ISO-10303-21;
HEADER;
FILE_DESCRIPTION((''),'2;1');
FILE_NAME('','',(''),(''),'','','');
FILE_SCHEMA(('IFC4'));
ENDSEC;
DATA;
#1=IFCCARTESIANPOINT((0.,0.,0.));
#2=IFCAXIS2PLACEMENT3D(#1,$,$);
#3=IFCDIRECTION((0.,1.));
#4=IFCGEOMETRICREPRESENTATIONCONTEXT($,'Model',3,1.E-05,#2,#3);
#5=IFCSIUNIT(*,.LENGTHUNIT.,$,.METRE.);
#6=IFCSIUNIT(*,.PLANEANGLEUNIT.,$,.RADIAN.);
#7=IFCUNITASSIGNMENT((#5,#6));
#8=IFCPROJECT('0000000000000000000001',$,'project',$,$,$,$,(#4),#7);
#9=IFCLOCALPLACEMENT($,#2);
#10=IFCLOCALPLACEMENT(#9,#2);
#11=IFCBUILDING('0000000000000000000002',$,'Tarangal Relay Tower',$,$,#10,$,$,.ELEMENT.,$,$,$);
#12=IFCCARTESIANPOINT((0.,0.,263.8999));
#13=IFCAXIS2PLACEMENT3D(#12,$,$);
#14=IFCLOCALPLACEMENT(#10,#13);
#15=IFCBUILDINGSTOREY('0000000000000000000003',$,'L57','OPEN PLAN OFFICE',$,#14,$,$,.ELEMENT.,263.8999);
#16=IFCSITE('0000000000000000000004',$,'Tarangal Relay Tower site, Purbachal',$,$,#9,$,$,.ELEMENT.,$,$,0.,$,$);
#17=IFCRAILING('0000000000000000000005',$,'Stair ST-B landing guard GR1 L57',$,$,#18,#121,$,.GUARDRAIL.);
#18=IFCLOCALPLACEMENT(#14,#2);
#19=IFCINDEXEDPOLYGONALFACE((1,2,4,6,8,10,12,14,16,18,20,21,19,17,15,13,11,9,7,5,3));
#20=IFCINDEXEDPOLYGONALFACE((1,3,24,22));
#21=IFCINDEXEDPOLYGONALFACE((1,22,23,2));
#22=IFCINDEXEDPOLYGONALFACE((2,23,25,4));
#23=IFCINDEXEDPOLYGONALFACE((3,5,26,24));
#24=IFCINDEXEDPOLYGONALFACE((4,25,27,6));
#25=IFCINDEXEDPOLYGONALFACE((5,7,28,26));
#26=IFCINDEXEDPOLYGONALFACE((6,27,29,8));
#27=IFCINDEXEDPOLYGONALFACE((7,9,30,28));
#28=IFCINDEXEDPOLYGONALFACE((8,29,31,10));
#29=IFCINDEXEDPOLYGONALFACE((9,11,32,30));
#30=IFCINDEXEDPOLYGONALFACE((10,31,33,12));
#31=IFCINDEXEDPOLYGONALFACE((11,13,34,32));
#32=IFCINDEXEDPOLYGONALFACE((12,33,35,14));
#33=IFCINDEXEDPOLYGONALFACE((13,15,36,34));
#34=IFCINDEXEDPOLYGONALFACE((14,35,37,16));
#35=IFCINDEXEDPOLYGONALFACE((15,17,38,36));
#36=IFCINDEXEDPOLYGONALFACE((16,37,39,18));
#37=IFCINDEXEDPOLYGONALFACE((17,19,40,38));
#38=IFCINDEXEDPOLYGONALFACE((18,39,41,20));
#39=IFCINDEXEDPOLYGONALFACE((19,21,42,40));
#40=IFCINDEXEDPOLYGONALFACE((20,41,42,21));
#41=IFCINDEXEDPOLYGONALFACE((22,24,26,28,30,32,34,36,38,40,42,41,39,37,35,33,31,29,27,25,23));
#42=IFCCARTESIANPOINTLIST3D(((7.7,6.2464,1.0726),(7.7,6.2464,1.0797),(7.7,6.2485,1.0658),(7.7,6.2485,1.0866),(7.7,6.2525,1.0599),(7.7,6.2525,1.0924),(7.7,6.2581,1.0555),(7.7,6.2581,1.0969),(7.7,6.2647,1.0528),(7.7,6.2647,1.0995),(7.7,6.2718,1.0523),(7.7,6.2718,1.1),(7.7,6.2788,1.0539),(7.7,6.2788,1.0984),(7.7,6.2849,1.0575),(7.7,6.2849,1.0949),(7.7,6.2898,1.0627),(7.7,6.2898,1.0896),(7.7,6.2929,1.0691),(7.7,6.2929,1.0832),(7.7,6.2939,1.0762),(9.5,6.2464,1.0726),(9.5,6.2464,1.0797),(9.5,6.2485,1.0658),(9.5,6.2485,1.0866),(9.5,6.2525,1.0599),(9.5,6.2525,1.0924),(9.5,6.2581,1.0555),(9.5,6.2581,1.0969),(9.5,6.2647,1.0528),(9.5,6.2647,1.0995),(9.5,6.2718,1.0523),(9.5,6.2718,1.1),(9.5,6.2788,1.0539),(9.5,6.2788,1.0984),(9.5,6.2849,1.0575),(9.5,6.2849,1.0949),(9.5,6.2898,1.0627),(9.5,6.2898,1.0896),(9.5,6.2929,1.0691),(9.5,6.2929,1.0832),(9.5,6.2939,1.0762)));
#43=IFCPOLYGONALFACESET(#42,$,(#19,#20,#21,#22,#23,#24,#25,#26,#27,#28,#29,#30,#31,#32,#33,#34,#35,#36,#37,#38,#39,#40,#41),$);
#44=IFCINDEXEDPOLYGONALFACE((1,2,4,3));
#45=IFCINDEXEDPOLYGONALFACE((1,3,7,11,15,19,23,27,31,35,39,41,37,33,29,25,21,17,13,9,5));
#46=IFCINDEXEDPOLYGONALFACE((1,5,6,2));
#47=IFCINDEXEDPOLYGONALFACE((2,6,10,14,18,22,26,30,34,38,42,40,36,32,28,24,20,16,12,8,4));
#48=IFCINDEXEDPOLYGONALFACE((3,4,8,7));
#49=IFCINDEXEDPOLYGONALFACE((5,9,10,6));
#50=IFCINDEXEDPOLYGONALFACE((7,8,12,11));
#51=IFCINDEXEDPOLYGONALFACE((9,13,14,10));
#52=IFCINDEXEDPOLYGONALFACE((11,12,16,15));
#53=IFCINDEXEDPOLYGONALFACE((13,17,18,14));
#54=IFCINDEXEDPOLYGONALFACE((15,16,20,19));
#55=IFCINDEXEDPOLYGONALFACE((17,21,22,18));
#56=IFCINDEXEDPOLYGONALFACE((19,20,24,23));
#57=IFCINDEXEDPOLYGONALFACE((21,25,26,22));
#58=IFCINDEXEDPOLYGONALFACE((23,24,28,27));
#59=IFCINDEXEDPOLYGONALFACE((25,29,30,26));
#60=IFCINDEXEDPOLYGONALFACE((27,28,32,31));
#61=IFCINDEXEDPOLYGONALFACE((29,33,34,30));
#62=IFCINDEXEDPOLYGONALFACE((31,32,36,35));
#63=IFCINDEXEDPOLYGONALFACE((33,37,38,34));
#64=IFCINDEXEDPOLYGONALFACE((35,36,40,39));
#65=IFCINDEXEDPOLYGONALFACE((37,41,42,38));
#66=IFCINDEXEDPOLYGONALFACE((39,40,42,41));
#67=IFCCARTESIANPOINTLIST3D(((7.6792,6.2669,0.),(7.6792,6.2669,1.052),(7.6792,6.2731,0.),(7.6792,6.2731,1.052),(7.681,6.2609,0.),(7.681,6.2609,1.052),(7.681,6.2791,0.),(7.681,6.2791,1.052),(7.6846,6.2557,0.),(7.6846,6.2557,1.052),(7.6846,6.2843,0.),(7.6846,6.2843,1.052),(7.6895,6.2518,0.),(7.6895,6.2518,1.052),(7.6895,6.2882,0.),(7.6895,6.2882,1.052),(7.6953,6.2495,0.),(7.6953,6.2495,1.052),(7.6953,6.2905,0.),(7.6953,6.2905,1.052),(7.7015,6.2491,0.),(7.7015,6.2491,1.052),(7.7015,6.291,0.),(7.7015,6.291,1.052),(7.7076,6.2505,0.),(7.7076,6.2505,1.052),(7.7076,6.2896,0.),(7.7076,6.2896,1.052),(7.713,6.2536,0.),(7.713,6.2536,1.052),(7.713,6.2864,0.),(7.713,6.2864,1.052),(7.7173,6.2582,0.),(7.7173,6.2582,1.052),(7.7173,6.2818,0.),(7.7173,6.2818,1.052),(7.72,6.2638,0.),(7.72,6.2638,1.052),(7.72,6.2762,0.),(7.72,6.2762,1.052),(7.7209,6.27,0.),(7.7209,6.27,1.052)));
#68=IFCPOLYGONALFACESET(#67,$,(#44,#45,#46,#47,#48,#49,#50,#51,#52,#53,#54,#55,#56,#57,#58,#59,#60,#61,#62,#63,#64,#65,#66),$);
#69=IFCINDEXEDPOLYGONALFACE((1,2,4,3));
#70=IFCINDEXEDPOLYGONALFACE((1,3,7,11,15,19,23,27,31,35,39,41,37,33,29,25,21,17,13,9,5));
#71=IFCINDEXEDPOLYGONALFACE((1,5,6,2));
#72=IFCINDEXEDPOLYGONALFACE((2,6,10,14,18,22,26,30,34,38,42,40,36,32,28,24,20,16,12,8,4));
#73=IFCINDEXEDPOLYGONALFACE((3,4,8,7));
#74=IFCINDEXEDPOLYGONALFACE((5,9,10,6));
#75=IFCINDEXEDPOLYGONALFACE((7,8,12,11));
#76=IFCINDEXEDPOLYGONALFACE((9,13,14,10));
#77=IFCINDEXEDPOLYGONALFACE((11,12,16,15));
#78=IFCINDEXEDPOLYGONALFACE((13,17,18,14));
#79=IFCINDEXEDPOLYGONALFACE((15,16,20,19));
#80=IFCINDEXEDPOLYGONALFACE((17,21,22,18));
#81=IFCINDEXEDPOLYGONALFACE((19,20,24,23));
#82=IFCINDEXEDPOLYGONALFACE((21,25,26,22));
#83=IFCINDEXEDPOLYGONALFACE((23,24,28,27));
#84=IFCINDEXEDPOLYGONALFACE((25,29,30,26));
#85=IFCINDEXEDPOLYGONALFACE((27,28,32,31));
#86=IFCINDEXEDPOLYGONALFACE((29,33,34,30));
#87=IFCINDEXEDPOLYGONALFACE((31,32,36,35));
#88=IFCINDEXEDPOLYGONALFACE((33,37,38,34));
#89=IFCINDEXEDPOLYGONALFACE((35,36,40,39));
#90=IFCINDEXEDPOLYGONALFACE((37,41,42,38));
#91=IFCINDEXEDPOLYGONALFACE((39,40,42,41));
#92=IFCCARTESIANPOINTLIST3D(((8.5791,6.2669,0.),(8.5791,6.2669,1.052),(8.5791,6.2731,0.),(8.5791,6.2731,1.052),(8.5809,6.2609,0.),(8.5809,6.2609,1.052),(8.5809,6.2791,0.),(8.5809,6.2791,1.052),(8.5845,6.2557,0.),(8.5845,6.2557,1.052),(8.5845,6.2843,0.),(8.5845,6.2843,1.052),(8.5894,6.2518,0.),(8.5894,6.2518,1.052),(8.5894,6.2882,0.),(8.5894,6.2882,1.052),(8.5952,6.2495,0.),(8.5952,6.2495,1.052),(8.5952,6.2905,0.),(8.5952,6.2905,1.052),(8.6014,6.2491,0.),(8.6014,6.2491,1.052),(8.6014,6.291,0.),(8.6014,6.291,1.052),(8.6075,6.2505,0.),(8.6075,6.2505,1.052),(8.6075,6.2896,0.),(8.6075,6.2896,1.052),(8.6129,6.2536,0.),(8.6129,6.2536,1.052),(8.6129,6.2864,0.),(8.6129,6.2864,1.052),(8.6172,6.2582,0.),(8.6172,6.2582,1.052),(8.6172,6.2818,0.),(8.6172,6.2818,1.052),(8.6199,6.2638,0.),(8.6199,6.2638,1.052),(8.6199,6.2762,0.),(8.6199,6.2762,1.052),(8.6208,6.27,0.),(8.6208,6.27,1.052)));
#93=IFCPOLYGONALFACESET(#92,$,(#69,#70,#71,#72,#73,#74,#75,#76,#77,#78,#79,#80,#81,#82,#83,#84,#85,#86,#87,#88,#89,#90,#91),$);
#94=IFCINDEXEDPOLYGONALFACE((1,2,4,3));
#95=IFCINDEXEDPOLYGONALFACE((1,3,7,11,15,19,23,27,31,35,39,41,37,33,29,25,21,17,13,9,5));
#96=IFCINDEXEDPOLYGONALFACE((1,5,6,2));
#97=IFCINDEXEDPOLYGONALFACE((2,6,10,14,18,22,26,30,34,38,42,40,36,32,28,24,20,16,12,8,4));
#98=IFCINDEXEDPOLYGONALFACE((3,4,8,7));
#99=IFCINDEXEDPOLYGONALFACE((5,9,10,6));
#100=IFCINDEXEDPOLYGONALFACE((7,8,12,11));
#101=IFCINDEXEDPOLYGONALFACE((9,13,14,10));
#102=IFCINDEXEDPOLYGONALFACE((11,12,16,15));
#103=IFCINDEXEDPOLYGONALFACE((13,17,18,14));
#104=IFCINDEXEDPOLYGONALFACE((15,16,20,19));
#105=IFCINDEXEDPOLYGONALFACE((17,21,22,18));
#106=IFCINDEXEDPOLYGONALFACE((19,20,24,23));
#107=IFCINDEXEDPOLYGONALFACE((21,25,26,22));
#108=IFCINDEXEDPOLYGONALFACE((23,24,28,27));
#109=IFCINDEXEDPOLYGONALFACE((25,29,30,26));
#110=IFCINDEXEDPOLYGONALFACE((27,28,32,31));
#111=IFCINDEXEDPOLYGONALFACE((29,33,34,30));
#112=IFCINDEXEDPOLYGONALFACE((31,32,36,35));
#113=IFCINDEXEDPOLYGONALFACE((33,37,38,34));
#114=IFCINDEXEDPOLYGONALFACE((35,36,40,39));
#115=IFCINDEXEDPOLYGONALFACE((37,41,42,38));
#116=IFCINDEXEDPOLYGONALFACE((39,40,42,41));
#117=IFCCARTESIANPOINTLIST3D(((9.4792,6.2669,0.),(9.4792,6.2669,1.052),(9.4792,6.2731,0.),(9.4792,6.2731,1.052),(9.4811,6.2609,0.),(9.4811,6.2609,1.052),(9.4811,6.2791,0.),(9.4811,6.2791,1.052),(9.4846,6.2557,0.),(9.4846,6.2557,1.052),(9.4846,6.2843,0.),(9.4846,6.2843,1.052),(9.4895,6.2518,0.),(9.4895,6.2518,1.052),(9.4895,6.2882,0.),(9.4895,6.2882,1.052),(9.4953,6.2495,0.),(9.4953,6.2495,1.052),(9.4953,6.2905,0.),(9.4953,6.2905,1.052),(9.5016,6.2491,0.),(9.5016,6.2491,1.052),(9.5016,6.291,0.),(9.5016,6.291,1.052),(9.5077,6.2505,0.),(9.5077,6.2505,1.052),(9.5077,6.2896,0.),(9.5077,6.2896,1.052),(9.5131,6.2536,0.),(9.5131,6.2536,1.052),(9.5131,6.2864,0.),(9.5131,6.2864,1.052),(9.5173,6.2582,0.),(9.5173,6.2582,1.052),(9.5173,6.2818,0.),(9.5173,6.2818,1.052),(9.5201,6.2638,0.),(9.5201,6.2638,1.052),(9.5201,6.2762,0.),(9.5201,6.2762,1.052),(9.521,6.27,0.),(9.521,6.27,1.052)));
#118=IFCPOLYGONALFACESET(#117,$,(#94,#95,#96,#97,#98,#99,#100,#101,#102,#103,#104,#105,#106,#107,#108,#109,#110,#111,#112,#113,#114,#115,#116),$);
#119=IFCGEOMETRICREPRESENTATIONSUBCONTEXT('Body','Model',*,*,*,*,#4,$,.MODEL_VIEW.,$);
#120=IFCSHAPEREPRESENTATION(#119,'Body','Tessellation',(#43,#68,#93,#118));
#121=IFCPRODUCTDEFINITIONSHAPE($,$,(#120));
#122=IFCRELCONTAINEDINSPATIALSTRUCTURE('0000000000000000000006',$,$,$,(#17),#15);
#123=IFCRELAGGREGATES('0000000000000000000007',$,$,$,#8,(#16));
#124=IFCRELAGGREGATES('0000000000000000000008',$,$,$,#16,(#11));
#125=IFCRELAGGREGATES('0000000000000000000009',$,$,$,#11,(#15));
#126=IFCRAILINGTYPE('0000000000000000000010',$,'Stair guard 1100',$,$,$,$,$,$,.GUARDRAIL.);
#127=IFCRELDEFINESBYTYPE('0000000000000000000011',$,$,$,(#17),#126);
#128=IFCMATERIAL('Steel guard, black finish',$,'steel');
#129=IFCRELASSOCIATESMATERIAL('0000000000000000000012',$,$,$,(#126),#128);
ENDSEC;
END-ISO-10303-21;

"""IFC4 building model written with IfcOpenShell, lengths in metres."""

from ifc_helpers import new_model, si_unit, direction, frame, origin, origin_2d, place, context, subcontext, project, spatial, circle, extrude, material, type_object, element, save


model = new_model("IFC4")

# Units and contexts
model_context = context("Model", 3, precision=1e-05, world=origin(), true_north=direction((0.0, 1.0)))
body_context = subcontext(model_context, "Body", "Model", "MODEL_VIEW")
ifc_project = project(units=[si_unit("LENGTHUNIT", "METRE"), si_unit("PLANEANGLEUNIT", "RADIAN")], contexts=[model_context])

# Site, building, storey
site_placement = place(None, origin())
site = spatial("IfcSite", under=ifc_project, at=site_placement, Name="Tarangal Relay Tower site, Purbachal", CompositionType="ELEMENT", RefElevation=0.0)
building_placement = place(site_placement, origin())
building = spatial("IfcBuilding", under=site, at=building_placement, Name="Tarangal Relay Tower", CompositionType="ELEMENT")
storey_placement = place(building_placement, frame((0.0, 0.0, 263.8999)))
storey = spatial("IfcBuildingStorey", under=building, at=storey_placement, Name="L57", Description="OPEN PLAN OFFICE", CompositionType="ELEMENT", Elevation=263.8999)

# Railing
ifc_material_1 = material(Name="Steel guard, black finish", Category="steel")
railing_type_1 = type_object("IfcRailingType", Name="Stair guard 1100", PredefinedType="GUARDRAIL", material=ifc_material_1)
railing_1_placement = place(storey_placement, frame((7.7, 6.27, 0.0)))
element("IfcRailing", 1, at=railing_1_placement, inside=storey, type_object=railing_type_1, Name="Stair ST-B landing guard GR1 L57", PredefinedType="GUARDRAIL", context=body_context, shape_type="SweptSolid", body=[
    extrude(circle(Radius=0.0239, at=origin_2d()), frame((0.0, 0.0, 1.0762), z_axis=(1.0, 0.0, 0.0), x_axis=(0.0, 1.0, 0.0)), (0.0, 0.0, 1.0), 1.8),
    extrude(circle(Radius=0.021, at=origin_2d()), origin(), (0.0, 0.0, 1.0), 1.052),
    extrude(circle(Radius=0.021, at=origin_2d()), frame((0.8999, 0.0, 0.0)), (0.0, 0.0, 1.0), 1.052),
    extrude(circle(Radius=0.021, at=origin_2d()), frame((1.8, 0.0, 0.0)), (0.0, 0.0, 1.0), 1.052),
])

save(model, "model.ifc")
